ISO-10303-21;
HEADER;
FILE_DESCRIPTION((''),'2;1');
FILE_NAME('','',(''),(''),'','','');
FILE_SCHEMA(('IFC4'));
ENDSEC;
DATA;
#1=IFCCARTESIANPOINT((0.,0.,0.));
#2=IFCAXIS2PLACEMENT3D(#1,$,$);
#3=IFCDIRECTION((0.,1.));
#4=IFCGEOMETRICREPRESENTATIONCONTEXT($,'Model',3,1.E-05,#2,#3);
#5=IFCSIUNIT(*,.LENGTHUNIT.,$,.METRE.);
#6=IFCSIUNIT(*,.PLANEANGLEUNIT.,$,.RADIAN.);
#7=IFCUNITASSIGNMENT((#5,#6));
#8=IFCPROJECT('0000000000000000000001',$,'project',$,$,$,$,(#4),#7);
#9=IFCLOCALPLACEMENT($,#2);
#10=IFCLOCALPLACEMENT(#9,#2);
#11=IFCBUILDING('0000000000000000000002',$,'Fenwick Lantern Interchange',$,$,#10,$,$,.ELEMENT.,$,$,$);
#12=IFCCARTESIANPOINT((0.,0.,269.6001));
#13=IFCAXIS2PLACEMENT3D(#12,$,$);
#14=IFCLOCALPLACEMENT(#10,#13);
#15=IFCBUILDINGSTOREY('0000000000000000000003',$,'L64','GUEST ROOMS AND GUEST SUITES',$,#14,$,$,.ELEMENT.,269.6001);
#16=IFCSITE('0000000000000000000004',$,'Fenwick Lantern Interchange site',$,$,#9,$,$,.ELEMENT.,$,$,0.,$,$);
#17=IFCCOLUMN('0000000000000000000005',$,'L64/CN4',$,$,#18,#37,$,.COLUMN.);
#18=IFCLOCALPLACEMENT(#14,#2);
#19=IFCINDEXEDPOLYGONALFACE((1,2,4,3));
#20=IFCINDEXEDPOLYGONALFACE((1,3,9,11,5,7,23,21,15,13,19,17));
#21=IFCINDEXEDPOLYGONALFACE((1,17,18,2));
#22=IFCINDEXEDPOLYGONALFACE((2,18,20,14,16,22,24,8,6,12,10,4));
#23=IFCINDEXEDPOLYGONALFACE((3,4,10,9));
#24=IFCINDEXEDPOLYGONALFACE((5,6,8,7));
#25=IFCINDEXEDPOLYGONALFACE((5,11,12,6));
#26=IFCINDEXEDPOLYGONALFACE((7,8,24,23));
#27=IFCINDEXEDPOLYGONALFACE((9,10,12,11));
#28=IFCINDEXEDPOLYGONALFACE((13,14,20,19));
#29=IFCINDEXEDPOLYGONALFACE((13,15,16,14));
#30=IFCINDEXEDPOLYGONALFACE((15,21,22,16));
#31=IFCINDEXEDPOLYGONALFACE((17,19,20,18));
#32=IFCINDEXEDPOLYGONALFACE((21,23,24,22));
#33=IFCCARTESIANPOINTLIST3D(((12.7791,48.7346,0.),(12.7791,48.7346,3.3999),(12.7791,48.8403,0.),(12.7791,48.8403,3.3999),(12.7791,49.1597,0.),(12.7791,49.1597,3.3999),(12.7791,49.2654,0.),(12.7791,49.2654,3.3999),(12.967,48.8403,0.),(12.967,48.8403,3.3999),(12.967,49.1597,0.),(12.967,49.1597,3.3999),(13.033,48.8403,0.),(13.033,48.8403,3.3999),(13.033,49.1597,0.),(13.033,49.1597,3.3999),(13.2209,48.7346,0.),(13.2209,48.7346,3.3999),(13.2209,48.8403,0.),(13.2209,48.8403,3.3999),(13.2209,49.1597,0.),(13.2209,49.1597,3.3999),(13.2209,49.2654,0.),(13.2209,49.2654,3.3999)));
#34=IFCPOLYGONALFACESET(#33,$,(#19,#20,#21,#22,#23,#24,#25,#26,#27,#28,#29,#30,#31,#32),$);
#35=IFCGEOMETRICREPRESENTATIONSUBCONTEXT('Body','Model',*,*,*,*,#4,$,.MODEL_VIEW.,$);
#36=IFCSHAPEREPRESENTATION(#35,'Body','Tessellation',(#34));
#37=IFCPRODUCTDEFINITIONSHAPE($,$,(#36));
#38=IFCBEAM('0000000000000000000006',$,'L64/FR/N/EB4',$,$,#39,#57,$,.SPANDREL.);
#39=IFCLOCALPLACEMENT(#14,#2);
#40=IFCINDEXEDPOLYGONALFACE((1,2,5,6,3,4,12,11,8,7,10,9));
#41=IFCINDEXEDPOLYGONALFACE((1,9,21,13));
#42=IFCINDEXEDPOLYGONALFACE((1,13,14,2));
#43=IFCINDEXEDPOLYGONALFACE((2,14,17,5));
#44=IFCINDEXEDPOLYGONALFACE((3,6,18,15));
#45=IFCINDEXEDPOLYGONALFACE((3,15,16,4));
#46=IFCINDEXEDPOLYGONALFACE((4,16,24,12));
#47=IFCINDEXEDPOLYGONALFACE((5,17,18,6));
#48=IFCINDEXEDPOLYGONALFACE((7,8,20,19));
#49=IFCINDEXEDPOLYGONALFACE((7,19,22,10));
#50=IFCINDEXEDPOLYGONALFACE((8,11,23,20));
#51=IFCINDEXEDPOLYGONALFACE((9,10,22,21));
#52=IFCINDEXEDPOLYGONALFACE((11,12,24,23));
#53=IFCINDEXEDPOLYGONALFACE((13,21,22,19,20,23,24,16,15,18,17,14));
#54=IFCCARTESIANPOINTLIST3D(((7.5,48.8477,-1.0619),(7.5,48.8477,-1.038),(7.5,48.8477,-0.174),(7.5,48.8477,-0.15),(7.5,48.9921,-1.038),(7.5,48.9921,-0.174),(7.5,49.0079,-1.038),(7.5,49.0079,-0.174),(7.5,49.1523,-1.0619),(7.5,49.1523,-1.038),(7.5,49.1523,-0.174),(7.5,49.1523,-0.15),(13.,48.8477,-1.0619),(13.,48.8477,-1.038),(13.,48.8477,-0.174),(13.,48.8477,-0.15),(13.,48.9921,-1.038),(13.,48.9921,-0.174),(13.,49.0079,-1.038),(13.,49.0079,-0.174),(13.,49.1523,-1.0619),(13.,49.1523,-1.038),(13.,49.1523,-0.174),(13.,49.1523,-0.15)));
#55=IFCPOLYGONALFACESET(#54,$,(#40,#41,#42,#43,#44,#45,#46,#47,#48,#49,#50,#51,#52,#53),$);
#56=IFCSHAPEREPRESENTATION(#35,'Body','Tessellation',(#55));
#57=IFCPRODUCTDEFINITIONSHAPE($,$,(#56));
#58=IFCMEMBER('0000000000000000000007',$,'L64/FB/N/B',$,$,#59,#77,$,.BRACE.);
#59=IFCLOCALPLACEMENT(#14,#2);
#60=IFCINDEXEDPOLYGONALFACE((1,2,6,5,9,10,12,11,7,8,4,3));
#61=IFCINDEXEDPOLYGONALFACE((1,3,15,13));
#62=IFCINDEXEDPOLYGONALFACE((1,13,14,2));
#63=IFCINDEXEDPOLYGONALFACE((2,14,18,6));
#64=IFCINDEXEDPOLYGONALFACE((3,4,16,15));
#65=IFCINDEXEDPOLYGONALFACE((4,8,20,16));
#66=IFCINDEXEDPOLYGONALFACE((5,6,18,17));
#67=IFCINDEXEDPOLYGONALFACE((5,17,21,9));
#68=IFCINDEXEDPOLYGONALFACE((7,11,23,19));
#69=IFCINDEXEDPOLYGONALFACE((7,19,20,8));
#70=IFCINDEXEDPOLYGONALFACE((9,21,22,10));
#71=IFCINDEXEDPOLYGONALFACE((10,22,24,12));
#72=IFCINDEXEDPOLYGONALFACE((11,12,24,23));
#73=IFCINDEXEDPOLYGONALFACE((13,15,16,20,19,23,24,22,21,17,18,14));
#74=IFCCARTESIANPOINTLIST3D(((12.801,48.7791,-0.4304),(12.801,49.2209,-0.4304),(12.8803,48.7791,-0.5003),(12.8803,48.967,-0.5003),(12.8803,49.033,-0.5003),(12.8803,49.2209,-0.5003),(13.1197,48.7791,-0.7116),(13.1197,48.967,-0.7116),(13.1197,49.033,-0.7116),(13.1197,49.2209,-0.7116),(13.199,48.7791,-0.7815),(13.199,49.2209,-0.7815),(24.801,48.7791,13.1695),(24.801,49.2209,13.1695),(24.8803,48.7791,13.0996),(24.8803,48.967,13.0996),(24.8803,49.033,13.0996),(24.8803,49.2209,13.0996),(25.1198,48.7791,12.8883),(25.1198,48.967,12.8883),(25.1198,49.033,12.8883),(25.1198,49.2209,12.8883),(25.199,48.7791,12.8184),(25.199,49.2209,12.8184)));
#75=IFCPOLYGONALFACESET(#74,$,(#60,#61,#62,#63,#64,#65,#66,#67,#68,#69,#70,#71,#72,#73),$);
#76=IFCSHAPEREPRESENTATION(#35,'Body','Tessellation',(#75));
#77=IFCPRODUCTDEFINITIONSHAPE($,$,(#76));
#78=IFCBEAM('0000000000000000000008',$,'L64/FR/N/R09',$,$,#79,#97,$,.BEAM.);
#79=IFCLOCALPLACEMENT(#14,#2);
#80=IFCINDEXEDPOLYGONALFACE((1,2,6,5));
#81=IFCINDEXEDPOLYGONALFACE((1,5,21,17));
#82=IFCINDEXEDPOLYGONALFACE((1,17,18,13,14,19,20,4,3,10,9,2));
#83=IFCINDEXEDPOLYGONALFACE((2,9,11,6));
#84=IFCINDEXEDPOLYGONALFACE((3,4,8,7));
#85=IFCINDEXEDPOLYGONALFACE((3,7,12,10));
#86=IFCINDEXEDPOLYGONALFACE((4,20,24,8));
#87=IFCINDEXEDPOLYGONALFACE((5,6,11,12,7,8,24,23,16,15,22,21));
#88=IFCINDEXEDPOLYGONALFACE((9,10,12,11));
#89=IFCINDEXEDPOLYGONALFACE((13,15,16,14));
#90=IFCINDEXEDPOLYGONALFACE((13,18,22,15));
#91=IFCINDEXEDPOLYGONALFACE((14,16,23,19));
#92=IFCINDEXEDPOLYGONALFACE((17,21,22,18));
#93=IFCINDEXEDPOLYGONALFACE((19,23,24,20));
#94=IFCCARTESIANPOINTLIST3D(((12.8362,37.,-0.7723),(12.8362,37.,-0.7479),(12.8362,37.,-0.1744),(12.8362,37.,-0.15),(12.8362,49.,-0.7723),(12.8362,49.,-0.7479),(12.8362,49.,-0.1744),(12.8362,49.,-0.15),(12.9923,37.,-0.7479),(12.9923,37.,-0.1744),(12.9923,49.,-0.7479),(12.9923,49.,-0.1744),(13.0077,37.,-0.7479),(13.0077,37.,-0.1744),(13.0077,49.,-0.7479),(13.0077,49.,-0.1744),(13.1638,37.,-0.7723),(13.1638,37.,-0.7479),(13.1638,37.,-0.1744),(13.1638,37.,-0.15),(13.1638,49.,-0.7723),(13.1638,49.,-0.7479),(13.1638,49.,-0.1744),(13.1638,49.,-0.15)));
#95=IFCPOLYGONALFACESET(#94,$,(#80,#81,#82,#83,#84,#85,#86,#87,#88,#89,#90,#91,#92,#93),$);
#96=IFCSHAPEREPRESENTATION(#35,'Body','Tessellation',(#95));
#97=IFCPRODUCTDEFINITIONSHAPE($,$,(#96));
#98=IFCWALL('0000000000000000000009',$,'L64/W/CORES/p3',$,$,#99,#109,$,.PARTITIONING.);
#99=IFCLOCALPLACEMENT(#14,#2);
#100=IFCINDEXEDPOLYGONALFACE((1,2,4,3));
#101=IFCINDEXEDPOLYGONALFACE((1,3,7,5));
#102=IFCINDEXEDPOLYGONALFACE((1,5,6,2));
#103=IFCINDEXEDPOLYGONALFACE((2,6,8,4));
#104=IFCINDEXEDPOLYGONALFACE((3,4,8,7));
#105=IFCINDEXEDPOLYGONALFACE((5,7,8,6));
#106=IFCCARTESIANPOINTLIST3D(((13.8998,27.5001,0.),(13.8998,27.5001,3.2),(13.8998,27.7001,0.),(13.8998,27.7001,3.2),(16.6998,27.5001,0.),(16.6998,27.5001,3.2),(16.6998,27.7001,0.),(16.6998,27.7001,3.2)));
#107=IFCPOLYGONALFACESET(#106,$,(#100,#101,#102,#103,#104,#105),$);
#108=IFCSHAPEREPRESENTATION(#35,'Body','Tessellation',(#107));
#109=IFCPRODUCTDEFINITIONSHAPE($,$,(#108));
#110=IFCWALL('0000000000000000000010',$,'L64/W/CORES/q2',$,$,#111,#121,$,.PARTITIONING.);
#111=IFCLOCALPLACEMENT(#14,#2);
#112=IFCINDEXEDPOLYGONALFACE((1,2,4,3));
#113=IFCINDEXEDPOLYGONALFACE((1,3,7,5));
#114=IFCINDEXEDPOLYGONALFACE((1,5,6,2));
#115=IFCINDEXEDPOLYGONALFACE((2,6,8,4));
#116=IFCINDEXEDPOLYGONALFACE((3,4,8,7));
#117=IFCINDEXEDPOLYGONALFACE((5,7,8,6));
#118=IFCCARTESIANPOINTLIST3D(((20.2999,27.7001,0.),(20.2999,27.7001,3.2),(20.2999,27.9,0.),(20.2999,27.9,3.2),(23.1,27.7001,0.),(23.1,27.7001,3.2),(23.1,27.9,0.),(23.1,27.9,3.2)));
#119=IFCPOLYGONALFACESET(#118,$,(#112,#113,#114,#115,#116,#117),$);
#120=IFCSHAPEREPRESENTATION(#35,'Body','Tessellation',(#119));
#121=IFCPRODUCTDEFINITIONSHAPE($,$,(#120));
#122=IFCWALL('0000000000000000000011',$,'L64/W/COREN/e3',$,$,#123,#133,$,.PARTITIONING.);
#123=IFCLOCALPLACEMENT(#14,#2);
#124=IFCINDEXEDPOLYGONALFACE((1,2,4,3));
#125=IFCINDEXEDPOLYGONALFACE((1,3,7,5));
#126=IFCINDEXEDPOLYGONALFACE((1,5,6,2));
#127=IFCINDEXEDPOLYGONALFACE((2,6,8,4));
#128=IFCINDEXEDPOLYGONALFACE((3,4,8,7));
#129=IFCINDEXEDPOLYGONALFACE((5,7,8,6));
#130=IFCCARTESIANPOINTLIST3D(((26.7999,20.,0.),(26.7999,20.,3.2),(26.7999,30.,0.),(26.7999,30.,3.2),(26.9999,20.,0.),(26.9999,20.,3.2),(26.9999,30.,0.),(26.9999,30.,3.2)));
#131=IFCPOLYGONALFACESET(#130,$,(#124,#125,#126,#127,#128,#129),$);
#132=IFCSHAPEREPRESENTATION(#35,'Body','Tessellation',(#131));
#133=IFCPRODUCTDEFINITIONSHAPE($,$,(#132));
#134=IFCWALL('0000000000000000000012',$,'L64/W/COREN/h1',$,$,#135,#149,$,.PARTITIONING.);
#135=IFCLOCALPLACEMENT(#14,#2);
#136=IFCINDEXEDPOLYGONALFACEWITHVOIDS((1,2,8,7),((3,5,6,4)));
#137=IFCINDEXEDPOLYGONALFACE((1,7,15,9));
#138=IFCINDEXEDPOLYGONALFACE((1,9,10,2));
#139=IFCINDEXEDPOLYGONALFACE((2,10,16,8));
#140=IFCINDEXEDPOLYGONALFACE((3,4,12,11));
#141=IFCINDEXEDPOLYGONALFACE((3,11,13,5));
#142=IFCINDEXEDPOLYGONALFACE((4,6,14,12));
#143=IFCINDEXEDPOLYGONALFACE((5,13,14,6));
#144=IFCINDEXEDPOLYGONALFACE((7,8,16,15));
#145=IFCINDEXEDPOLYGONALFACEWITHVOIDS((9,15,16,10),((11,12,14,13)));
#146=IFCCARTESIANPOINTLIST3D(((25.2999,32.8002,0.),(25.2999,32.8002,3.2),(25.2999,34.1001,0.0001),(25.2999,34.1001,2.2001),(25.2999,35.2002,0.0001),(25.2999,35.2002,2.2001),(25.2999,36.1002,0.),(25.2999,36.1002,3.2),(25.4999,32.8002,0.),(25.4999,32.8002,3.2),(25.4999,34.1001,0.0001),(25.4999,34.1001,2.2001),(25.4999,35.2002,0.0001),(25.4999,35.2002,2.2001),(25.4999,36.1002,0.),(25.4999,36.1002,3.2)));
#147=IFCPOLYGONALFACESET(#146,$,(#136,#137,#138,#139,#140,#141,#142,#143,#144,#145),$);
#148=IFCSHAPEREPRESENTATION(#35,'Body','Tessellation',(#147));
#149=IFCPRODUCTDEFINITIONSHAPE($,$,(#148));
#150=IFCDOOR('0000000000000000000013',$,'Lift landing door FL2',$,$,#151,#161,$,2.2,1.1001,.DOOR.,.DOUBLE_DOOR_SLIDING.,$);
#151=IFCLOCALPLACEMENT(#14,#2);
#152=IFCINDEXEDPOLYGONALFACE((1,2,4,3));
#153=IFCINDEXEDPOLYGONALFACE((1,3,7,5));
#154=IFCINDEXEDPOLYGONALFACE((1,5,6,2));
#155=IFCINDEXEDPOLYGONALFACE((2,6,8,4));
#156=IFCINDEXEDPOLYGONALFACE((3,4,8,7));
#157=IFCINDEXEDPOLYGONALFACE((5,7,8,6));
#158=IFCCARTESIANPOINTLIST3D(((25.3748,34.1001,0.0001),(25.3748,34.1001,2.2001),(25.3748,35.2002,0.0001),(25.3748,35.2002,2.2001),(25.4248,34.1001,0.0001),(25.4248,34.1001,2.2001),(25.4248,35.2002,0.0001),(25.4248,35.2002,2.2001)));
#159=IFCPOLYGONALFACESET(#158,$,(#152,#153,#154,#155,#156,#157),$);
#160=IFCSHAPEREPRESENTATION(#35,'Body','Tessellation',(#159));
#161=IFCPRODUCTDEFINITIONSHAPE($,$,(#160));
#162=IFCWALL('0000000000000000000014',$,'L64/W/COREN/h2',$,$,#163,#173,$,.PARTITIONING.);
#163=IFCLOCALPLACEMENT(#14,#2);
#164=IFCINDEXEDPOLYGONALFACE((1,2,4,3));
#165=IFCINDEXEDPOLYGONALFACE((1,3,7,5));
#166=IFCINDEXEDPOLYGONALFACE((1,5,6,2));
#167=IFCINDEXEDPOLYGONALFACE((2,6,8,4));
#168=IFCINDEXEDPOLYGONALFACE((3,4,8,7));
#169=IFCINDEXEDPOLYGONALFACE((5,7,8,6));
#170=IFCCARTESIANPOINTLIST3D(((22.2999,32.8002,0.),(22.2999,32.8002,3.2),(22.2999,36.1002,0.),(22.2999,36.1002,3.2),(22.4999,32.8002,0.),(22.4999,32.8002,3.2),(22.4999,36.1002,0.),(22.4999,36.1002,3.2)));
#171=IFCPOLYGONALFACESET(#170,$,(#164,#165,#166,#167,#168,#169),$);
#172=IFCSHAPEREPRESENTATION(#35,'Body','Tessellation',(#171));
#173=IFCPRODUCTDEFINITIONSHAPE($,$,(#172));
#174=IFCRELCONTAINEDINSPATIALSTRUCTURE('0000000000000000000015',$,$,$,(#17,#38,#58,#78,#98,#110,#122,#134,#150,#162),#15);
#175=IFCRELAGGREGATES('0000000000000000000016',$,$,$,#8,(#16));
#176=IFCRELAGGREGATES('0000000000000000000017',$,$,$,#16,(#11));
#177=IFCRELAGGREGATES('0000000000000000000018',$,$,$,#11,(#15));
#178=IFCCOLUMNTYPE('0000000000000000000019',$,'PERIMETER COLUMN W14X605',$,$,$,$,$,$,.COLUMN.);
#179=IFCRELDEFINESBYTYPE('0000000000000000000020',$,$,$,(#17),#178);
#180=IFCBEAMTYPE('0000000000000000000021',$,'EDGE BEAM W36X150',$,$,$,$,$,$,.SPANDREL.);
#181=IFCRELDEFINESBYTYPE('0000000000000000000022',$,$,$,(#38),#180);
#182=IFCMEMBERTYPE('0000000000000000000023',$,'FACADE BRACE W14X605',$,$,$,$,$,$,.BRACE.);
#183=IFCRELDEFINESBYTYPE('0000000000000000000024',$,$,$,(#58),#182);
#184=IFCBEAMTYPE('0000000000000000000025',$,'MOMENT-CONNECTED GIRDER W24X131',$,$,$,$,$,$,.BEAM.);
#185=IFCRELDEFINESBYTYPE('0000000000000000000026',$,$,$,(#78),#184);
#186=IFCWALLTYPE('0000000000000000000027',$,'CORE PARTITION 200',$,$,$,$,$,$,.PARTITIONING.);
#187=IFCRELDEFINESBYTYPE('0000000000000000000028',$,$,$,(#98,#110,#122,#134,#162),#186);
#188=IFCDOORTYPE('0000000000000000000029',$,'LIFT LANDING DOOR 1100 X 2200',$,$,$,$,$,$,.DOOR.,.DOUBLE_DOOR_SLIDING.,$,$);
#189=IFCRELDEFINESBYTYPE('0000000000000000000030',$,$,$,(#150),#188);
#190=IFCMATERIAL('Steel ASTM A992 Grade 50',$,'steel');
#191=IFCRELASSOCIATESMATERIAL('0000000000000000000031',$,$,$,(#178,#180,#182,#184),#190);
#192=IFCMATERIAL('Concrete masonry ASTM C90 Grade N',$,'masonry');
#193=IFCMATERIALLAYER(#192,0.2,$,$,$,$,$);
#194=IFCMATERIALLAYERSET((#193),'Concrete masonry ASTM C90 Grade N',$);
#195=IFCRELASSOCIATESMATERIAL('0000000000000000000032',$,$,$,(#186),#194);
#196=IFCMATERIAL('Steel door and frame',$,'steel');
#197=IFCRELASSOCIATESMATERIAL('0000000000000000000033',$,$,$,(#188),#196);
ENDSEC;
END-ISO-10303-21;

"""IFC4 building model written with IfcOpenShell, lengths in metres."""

from ifc_helpers import new_model, si_unit, direction, frame, frame_2d, origin, origin_2d, place, context, subcontext, project, spatial, rectangle, i_section, extrude, material, layer, layer_set, material_profile, profile_set, type_object, element, fill, save


model = new_model("IFC4")

# Units and contexts
model_context = context("Model", 3, precision=1e-05, world=origin(), true_north=direction((0.0, 1.0)))
body_context = subcontext(model_context, "Body", "Model", "MODEL_VIEW")
ifc_project = project(units=[si_unit("LENGTHUNIT", "METRE"), si_unit("PLANEANGLEUNIT", "RADIAN")], contexts=[model_context])

# Site, building, storey
site_placement = place(None, origin())
site = spatial("IfcSite", under=ifc_project, at=site_placement, Name="Fenwick Lantern Interchange site", CompositionType="ELEMENT", RefElevation=0.0)
building_placement = place(site_placement, origin())
building = spatial("IfcBuilding", under=site, at=building_placement, Name="Fenwick Lantern Interchange", CompositionType="ELEMENT")
storey_placement = place(building_placement, frame((0.0, 0.0, 269.6001)))
storey = spatial("IfcBuildingStorey", under=building, at=storey_placement, Name="L64", Description="GUEST ROOMS AND GUEST SUITES", CompositionType="ELEMENT", Elevation=269.6001)

# Column
ifc_material_1 = material(Name="Steel ASTM A992 Grade 50", Category="steel")
ifc_material_profile_1 = material_profile(ifc_material_1, i_section(OverallWidth=0.4419, OverallDepth=0.5308, WebThickness=0.0659, FlangeThickness=0.1057, at=origin_2d()), Name="W14X605")
ifc_profile_set_1 = profile_set([ifc_material_profile_1], Name="Steel ASTM A992 Grade 50")
column_type = type_object("IfcColumnType", Name="PERIMETER COLUMN W14X605", PredefinedType="COLUMN", material=ifc_profile_set_1)
column_placement = place(storey_placement, frame((13.0, 49.0, 0.0), z_axis=(0.0, 0.0, 1.0), x_axis=(1.0, 0.0, 0.0)))
element("IfcColumn", 1, at=column_placement, inside=storey, type_object=column_type, Name="L64/CN4", PredefinedType="COLUMN", context=body_context, shape_type="SweptSolid", body=[
    extrude(i_section(OverallWidth=0.4419, OverallDepth=0.5308, WebThickness=0.0659, FlangeThickness=0.1057, at=origin_2d()), origin(), (0.0, 0.0, 1.0), 3.3999),
])

# Beam
ifc_material_profile_2 = material_profile(ifc_material_1, i_section(OverallWidth=0.3047, OverallDepth=0.9119, WebThickness=0.0159, FlangeThickness=0.0239, at=origin_2d()), Name="W36X150")
ifc_profile_set_2 = profile_set([ifc_material_profile_2], Name="Steel ASTM A992 Grade 50")
beam_type_1 = type_object("IfcBeamType", Name="EDGE BEAM W36X150", PredefinedType="SPANDREL", material=ifc_profile_set_2)
beam_1_placement = place(storey_placement, frame((13.0, 49.0, -0.606), z_axis=(-1.0, 0.0, 0.0), x_axis=(0.0, -1.0, 0.0)))
element("IfcBeam", 2, at=beam_1_placement, inside=storey, type_object=beam_type_1, Name="L64/FR/N/EB4", PredefinedType="SPANDREL", context=body_context, shape_type="SweptSolid", body=[
    extrude(i_section(OverallWidth=0.3047, OverallDepth=0.9119, WebThickness=0.0159, FlangeThickness=0.0239, at=origin_2d()), origin(), (0.0, 0.0, 1.0), 5.5),
])

# Member
ifc_material_profile_3 = material_profile(ifc_material_1, i_section(OverallWidth=0.4419, OverallDepth=0.5308, WebThickness=0.0659, FlangeThickness=0.1057, at=origin_2d()), Name="W14X605")
ifc_profile_set_3 = profile_set([ifc_material_profile_3], Name="Steel ASTM A992 Grade 50")
member_type = type_object("IfcMemberType", Name="FACADE BRACE W14X605", PredefinedType="BRACE", material=ifc_profile_set_3)
member_placement = place(storey_placement, frame((13.0, 49.0, -0.606), z_axis=(0.661626, 0.0, 0.749834), x_axis=(0.0, 1.0, 0.0)))
element("IfcMember", 3, at=member_placement, inside=storey, type_object=member_type, Name="L64/FB/N/B", PredefinedType="BRACE", context=body_context, shape_type="SweptSolid", body=[
    extrude(i_section(OverallWidth=0.4419, OverallDepth=0.5308, WebThickness=0.0659, FlangeThickness=0.1057, at=origin_2d()), origin(), (0.0, 0.0, 1.0), 18.1372),
])

# Beam
ifc_material_profile_4 = material_profile(ifc_material_1, i_section(OverallWidth=0.3276, OverallDepth=0.6223, WebThickness=0.0154, FlangeThickness=0.0244, at=origin_2d()), Name="W24X131")
ifc_profile_set_4 = profile_set([ifc_material_profile_4], Name="Steel ASTM A992 Grade 50")
beam_type_2 = type_object("IfcBeamType", Name="MOMENT-CONNECTED GIRDER W24X131", PredefinedType="BEAM", material=ifc_profile_set_4)
beam_2_placement = place(storey_placement, frame((13.0, 49.0, -0.4612), z_axis=(0.0, -1.0, 0.0), x_axis=(1.0, 0.0, 0.0)))
element("IfcBeam", 4, at=beam_2_placement, inside=storey, type_object=beam_type_2, Name="L64/FR/N/R09", PredefinedType="BEAM", context=body_context, shape_type="SweptSolid", body=[
    extrude(i_section(OverallWidth=0.3276, OverallDepth=0.6223, WebThickness=0.0154, FlangeThickness=0.0244, at=origin_2d()), origin(), (0.0, 0.0, 1.0), 12.0),
])

# Walls
ifc_material_2 = material(Name="Concrete masonry ASTM C90 Grade N", Category="masonry")
ifc_layer_1 = layer(ifc_material_2, 0.2)
ifc_layer_set_1 = layer_set([ifc_layer_1], Name="Concrete masonry ASTM C90 Grade N")
wall_type_1 = type_object("IfcWallType", Name="CORE PARTITION 200", PredefinedType="PARTITIONING", material=ifc_layer_set_1)
for number, where, z_axis, x_axis, name in (
    (5, (13.8999, 27.6001, 0.0), (0.0, 0.0, 1.0), (1.0, 0.0, 0.0), "L64/W/CORES/p3"),
    (6, (20.3, 27.8, 0.0), (0.0, 0.0, 1.0), (1.0, 0.0, 0.0), "L64/W/CORES/q2"),
):
    element("IfcWall", number, at=place(storey_placement, frame(where, z_axis=z_axis, x_axis=x_axis)), inside=storey, type_object=wall_type_1, Name=name, PredefinedType="PARTITIONING", context=body_context, shape_type="SweptSolid", body=[
        extrude(rectangle(XDim=2.8, YDim=0.2, at=frame_2d((1.3999, 0.0))), origin(), (0.0, 0.0, 1.0), 3.2),
    ])
wall_1_placement = place(storey_placement, frame((26.8999, 30.0, 0.0), z_axis=(0.0, 0.0, 1.0), x_axis=(0.0, -1.0, 0.0)))
element("IfcWall", 7, at=wall_1_placement, inside=storey, type_object=wall_type_1, Name="L64/W/COREN/e3", PredefinedType="PARTITIONING", context=body_context, shape_type="SweptSolid", body=[
    extrude(rectangle(XDim=10.0, YDim=0.2, at=frame_2d((5.0, 0.0))), origin(), (0.0, 0.0, 1.0), 3.2),
])

# Wall, opening, door
wall_2_placement = place(storey_placement, frame((25.3999, 36.1001, 0.0), z_axis=(0.0, 0.0, 1.0), x_axis=(0.0, -1.0, 0.0)))
wall_2 = element("IfcWall", 8, at=wall_2_placement, inside=storey, type_object=wall_type_1, Name="L64/W/COREN/h1", PredefinedType="PARTITIONING", context=body_context, shape_type="SweptSolid", body=[
    extrude(rectangle(XDim=3.3, YDim=0.2, at=frame_2d((1.6499, 0.0))), origin(), (0.0, 0.0, 1.0), 3.2),
])
opening_1_placement = place(wall_2_placement, frame((0.8999, 0.0, 0.0)))
opening_1 = element("IfcOpeningElement", 9, at=opening_1_placement, cuts=wall_2, PredefinedType="OPENING", context=body_context, shape_type="SweptSolid", body=[
    extrude(rectangle(XDim=1.1001, YDim=2.2, at=frame_2d((0.55, 1.1001))), frame((0.0, 0.1099, 0.0), z_axis=(0.0, -1.0, 0.0), x_axis=(1.0, 0.0, 0.0)), (0.0, 0.0, 1.0), 0.22),
])
ifc_material_3 = material(Name="Steel door and frame", Category="steel")
door_type_1 = type_object("IfcDoorType", Name="LIFT LANDING DOOR 1100 X 2200", OperationType="DOUBLE_DOOR_SLIDING", PredefinedType="DOOR", material=ifc_material_3)
door_1_placement = place(opening_1_placement, origin())
door_1 = element("IfcDoor", 10, at=door_1_placement, inside=storey, type_object=door_type_1, Name="Lift landing door FL2", OperationType="DOUBLE_DOOR_SLIDING", OverallHeight=2.2, OverallWidth=1.1001, PredefinedType="DOOR", context=body_context, shape_type="SweptSolid", body=[
    extrude(rectangle(XDim=1.1001, YDim=2.2, at=frame_2d((0.55, 1.1001))), frame((0.0, 0.0249, 0.0), z_axis=(0.0, -1.0, 0.0), x_axis=(1.0, 0.0, 0.0)), (0.0, 0.0, 1.0), 0.05),
])
fill(opening_1, door_1)

# Wall
wall_3_placement = place(storey_placement, frame((22.3999, 36.1001, 0.0), z_axis=(0.0, 0.0, 1.0), x_axis=(0.0, -1.0, 0.0)))
element("IfcWall", 11, at=wall_3_placement, inside=storey, type_object=wall_type_1, Name="L64/W/COREN/h2", PredefinedType="PARTITIONING", context=body_context, shape_type="SweptSolid", body=[
    extrude(rectangle(XDim=3.3, YDim=0.2, at=frame_2d((1.6499, 0.0))), origin(), (0.0, 0.0, 1.0), 3.2),
])

save(model, "model.ifc")
